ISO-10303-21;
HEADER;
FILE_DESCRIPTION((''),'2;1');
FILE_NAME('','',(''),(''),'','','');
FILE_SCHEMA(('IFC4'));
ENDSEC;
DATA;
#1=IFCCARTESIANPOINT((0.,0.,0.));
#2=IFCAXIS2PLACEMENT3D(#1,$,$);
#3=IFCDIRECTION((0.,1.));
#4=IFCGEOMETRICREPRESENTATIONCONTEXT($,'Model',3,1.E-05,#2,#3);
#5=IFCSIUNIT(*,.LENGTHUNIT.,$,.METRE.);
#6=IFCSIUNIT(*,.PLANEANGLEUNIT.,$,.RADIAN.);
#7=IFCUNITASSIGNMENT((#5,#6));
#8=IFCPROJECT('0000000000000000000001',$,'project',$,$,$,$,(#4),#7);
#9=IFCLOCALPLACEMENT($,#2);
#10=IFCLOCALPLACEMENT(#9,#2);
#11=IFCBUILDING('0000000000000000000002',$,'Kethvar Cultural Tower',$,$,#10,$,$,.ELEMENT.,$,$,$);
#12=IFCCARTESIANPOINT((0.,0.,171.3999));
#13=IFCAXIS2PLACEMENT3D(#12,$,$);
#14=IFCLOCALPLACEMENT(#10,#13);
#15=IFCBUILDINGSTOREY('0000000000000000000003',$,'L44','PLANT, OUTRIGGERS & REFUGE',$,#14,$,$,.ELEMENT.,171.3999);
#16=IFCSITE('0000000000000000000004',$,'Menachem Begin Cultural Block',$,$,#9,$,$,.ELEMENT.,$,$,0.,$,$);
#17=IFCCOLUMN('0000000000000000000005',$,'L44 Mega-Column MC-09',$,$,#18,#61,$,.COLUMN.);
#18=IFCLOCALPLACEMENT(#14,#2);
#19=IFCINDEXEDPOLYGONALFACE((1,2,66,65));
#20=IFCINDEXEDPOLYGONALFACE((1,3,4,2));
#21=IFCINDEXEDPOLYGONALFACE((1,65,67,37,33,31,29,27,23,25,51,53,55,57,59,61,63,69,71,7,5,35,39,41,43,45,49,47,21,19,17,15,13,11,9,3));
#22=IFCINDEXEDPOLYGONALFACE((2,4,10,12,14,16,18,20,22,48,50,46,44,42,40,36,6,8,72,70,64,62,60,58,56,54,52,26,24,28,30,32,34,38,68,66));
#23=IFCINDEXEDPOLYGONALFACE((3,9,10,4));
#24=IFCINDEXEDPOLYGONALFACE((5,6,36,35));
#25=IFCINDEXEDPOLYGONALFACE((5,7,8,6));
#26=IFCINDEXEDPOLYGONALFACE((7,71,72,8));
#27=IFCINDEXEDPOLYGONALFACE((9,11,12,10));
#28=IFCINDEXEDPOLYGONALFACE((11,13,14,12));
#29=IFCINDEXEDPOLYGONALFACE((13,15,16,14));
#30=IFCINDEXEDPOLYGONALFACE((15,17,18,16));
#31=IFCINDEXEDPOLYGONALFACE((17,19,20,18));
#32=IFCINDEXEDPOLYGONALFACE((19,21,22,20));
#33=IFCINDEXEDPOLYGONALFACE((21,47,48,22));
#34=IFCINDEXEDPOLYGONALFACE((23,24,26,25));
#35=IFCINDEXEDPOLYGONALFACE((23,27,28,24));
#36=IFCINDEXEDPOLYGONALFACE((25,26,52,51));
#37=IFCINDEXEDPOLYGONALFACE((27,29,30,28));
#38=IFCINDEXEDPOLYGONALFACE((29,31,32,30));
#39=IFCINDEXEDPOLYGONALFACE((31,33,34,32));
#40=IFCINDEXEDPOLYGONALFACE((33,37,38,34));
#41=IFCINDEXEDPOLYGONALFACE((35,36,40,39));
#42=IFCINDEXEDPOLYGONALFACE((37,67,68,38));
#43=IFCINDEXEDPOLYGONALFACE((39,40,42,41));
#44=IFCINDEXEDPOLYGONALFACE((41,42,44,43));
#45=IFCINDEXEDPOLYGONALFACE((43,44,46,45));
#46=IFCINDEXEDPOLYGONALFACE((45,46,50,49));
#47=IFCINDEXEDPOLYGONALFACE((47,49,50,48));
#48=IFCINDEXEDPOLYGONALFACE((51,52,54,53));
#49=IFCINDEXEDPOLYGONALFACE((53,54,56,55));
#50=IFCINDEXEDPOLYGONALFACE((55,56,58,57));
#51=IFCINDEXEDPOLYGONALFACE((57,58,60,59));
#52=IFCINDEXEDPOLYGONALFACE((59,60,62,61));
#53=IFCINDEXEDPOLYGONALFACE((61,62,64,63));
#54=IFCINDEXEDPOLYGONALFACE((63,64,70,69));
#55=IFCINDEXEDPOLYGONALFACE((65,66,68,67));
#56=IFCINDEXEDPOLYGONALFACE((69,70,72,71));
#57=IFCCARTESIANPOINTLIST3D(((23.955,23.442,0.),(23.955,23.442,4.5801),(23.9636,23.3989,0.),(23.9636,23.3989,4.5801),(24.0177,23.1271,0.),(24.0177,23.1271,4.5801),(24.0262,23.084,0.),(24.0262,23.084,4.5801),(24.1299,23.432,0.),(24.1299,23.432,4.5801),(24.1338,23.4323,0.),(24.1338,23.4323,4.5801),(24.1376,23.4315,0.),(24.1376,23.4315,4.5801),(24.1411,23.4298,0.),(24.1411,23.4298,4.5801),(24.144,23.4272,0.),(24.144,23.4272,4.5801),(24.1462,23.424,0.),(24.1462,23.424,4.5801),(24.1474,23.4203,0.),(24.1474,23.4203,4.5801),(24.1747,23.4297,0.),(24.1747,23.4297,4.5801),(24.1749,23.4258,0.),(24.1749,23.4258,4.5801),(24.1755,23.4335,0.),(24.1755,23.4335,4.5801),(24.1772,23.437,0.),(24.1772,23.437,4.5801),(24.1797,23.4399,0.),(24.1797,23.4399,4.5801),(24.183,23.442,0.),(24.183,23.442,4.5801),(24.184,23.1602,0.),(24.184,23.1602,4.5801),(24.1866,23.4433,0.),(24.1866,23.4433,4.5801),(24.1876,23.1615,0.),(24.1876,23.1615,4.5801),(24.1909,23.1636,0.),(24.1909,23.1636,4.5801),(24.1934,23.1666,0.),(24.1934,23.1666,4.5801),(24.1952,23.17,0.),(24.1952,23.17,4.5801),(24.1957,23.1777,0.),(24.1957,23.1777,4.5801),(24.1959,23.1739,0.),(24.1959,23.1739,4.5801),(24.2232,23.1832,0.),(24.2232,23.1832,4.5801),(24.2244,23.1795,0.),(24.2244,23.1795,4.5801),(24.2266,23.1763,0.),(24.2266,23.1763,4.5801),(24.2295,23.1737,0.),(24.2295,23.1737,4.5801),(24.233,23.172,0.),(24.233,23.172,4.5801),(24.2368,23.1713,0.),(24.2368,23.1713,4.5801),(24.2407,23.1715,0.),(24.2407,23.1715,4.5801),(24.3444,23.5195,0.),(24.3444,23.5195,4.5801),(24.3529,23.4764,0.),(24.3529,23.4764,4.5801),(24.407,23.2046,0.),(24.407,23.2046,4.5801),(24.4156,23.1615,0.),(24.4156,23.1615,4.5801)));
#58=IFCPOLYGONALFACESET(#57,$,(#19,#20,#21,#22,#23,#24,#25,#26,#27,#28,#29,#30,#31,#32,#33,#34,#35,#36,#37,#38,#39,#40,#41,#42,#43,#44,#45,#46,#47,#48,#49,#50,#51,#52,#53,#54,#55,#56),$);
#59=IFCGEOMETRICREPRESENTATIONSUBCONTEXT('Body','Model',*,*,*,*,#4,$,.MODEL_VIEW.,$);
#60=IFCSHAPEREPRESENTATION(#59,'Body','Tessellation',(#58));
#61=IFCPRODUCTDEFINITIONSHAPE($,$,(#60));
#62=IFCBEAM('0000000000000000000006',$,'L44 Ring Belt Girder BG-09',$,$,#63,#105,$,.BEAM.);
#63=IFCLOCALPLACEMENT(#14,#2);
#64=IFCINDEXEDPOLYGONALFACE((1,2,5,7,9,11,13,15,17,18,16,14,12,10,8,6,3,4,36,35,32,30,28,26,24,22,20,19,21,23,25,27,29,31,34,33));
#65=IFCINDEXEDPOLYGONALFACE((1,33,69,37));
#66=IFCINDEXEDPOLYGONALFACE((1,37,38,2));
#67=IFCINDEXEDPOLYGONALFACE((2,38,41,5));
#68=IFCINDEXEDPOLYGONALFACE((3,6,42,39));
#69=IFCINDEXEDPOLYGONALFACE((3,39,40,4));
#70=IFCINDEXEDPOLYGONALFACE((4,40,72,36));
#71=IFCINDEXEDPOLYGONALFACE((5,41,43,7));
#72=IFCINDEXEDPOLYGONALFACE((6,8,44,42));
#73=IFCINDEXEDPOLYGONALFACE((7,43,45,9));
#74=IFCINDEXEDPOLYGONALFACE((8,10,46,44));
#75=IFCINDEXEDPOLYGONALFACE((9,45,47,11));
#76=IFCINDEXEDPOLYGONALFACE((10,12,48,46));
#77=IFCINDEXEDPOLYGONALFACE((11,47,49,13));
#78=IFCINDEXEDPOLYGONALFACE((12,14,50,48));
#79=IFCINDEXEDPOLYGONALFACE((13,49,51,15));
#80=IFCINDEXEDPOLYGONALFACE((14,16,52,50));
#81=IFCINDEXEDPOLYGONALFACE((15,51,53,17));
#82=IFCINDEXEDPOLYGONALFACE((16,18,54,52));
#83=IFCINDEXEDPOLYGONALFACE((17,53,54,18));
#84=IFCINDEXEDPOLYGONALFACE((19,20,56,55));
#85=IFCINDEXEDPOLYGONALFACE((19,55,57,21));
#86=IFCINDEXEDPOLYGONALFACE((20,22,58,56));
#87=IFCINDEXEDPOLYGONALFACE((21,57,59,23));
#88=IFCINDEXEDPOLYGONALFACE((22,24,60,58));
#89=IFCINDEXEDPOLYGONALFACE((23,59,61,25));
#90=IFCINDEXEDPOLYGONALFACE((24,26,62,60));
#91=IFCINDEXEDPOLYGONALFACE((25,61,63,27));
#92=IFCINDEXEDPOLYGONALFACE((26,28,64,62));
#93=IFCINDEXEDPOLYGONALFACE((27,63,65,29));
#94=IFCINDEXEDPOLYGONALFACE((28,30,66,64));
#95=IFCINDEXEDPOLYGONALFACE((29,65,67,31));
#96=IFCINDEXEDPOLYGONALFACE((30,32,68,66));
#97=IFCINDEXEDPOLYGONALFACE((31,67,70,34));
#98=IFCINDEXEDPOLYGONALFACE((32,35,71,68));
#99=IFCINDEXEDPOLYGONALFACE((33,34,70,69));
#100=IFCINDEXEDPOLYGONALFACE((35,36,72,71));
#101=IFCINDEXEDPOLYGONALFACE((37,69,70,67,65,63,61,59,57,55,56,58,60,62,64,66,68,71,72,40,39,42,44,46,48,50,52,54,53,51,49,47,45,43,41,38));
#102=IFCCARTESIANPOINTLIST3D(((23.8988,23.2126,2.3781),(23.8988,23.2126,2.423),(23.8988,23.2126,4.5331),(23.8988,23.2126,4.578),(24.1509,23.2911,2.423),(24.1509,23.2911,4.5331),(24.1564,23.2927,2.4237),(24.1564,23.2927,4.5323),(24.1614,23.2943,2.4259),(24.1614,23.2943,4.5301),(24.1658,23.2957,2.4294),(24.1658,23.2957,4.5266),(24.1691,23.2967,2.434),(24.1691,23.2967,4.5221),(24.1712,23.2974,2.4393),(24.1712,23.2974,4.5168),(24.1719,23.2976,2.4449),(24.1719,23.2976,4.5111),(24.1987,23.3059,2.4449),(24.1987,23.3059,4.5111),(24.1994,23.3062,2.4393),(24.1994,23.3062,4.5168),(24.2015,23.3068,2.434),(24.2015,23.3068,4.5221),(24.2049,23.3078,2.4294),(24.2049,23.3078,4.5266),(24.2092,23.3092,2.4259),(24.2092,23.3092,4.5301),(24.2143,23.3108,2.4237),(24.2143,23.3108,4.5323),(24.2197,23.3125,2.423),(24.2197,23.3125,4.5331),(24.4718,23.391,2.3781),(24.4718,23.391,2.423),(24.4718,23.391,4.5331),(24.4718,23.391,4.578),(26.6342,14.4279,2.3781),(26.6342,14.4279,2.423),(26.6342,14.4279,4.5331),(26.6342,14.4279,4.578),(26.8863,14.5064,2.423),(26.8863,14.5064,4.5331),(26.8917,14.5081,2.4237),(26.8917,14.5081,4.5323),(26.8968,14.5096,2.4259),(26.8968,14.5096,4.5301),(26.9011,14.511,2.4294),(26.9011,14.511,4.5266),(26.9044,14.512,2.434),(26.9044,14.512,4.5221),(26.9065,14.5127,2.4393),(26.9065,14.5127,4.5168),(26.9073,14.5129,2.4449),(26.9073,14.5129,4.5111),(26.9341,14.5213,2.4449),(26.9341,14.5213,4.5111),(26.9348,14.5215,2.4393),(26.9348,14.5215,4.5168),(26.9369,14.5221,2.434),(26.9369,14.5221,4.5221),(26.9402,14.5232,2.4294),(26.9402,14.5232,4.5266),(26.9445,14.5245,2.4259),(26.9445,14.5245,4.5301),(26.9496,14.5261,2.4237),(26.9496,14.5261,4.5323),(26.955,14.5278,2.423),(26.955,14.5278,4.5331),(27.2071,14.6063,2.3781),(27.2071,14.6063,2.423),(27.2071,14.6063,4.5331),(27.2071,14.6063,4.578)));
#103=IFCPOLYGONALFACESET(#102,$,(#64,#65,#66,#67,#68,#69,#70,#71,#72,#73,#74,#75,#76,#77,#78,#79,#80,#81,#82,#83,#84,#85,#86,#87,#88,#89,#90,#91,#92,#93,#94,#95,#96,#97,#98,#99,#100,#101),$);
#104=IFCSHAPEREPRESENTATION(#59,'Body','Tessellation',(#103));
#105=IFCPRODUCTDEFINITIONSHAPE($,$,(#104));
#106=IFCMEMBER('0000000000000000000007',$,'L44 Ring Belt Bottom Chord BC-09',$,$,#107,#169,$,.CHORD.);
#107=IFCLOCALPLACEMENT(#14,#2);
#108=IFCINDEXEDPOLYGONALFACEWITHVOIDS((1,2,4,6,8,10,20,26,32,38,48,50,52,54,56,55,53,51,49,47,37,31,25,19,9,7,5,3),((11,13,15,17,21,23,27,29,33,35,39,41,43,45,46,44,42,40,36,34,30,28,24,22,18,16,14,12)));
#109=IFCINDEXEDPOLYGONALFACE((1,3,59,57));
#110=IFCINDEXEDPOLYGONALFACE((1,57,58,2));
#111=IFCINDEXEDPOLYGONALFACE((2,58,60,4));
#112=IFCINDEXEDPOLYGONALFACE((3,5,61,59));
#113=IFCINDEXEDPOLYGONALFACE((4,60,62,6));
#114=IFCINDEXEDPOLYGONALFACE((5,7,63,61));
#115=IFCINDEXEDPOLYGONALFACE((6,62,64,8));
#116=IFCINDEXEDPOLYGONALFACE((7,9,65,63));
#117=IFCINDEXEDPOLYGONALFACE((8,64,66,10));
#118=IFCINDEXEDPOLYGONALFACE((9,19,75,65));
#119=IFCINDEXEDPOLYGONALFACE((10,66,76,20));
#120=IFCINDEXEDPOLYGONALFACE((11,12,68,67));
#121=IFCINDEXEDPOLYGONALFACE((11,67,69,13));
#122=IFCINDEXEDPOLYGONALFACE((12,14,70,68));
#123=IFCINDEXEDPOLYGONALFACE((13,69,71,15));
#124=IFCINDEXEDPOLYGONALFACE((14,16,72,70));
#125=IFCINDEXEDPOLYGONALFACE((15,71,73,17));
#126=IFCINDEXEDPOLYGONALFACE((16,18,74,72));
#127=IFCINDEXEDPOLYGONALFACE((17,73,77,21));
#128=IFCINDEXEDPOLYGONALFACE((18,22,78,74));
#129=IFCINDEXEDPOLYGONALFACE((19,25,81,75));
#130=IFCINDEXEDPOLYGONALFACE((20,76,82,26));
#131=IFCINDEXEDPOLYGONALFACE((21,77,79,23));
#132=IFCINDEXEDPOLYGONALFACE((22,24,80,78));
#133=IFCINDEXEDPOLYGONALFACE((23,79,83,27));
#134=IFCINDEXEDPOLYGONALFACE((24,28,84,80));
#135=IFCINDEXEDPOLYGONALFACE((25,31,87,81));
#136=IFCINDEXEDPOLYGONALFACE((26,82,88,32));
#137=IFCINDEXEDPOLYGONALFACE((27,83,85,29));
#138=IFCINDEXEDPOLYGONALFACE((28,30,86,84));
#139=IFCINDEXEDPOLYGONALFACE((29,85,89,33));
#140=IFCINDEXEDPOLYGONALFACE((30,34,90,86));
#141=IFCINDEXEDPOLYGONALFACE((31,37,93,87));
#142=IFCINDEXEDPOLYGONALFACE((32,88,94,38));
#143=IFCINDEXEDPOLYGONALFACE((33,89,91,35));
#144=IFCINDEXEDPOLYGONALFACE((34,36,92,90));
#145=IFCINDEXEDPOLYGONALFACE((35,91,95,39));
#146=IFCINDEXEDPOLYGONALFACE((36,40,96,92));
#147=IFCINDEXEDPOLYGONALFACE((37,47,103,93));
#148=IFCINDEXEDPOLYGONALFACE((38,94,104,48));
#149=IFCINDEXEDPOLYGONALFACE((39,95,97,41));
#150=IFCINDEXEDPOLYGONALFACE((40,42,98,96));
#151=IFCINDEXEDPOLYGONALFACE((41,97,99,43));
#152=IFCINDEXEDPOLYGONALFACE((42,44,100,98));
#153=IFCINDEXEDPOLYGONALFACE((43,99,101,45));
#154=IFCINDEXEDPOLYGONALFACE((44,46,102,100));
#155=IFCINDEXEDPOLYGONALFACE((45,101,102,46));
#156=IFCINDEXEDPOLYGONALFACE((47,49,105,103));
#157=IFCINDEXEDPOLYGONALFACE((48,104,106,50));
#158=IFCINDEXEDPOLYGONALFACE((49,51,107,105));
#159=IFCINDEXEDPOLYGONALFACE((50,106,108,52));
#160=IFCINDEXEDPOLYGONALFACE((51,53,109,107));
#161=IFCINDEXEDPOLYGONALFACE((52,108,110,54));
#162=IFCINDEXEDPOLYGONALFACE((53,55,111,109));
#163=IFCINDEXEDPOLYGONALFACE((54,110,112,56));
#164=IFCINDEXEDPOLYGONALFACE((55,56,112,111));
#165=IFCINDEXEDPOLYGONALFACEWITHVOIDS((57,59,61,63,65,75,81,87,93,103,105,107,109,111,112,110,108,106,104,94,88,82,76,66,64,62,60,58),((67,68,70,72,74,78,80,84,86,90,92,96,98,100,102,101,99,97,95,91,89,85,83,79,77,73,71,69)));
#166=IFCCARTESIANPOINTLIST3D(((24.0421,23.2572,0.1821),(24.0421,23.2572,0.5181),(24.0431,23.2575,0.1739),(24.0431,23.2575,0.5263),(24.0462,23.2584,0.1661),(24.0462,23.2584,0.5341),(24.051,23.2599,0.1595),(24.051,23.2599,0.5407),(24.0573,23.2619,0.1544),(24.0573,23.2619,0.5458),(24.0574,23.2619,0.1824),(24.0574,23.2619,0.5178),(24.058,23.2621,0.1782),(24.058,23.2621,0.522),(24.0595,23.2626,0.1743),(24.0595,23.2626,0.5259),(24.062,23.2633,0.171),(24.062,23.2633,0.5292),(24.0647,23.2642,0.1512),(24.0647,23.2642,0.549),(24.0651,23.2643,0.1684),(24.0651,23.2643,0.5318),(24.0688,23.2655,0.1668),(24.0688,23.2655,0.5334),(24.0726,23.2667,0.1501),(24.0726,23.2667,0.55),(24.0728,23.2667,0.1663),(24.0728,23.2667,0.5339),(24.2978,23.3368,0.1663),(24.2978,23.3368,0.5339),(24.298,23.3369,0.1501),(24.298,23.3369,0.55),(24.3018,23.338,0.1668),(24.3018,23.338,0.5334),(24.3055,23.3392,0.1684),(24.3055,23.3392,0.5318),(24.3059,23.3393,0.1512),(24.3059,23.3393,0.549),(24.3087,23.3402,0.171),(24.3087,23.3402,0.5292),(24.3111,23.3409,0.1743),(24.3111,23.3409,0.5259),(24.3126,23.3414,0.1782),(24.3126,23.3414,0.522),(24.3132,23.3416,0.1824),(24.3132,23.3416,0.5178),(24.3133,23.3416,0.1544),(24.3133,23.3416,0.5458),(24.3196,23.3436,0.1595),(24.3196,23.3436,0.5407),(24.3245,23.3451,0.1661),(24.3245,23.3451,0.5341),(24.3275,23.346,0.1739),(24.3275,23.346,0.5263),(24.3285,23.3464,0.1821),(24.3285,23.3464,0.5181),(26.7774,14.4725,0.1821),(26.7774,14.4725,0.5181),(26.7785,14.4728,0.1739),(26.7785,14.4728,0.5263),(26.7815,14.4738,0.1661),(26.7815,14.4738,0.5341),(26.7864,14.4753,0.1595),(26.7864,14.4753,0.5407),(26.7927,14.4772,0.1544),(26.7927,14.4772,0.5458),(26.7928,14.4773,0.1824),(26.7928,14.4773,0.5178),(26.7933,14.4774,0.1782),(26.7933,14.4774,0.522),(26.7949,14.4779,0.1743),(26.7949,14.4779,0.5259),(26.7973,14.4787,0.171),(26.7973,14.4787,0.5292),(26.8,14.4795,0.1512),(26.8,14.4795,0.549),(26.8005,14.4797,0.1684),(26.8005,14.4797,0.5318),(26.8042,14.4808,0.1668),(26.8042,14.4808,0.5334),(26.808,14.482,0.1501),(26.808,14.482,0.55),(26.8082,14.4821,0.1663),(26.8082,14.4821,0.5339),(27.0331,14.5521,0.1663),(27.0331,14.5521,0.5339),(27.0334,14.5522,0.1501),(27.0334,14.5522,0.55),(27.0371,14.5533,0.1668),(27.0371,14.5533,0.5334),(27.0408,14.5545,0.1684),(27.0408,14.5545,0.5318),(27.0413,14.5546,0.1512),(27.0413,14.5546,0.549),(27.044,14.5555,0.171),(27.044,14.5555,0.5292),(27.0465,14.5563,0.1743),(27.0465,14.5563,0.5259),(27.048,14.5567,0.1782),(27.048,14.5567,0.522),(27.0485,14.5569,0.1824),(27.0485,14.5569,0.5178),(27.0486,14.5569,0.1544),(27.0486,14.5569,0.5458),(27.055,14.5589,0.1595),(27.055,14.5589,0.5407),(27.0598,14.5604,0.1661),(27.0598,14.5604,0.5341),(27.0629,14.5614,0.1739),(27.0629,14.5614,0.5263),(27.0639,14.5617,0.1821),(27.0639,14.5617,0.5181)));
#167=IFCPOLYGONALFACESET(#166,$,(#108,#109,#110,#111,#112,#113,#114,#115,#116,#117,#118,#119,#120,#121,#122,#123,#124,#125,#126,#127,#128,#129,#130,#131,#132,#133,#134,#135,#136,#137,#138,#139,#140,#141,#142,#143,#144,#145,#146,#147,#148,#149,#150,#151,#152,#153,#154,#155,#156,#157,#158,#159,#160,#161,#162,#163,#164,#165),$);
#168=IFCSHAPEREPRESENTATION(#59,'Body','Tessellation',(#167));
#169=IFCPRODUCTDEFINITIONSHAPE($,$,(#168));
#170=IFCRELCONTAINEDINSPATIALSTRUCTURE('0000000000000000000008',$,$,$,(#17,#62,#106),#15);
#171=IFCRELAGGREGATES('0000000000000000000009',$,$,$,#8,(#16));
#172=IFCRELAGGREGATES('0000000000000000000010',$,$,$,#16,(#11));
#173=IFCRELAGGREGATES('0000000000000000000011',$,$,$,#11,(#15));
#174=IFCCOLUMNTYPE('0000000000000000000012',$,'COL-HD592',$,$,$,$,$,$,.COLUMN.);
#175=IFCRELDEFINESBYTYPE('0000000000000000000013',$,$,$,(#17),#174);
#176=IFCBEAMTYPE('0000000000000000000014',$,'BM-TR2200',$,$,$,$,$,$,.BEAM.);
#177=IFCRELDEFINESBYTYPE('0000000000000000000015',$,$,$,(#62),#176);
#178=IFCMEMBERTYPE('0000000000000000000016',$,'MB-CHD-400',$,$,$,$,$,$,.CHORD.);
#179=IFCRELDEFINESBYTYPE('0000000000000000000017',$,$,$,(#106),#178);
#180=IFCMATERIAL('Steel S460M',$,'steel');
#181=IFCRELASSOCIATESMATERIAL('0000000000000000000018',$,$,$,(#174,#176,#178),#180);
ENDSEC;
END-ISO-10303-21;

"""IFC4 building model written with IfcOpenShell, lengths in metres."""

from ifc_helpers import new_model, si_unit, direction, frame, origin, origin_2d, place, context, subcontext, project, spatial, hollow_rectangle, i_section, extrude, source, transform, mapped, material, material_profile, profile_set, type_object, element, save


model = new_model("IFC4")

# Units and contexts
model_context = context("Model", 3, precision=1e-05, world=origin(), true_north=direction((0.0, 1.0)))
body_context = subcontext(model_context, "Body", "Model", "MODEL_VIEW")
ifc_project = project(units=[si_unit("LENGTHUNIT", "METRE"), si_unit("PLANEANGLEUNIT", "RADIAN")], contexts=[model_context])

# Site, building, storey
site_placement = place(None, origin())
site = spatial("IfcSite", under=ifc_project, at=site_placement, Name="Menachem Begin Cultural Block", CompositionType="ELEMENT", RefElevation=0.0)
building_placement = place(site_placement, origin())
building = spatial("IfcBuilding", under=site, at=building_placement, Name="Kethvar Cultural Tower", CompositionType="ELEMENT")
storey_placement = place(building_placement, frame((0.0, 0.0, 171.3999)))
storey = spatial("IfcBuildingStorey", under=building, at=storey_placement, Name="L44", Description="PLANT, OUTRIGGERS & REFUGE", CompositionType="ELEMENT", Elevation=171.3999)

# Column
ifc_material_1 = material(Name="Steel S460M", Category="steel")
ifc_material_profile_1 = material_profile(ifc_material_1, i_section(OverallWidth=0.397, OverallDepth=0.365, WebThickness=0.0281, FlangeThickness=0.0439, FilletRadius=0.0149, at=origin_2d()), Name="Steel S460M — HD400x592")
ifc_profile_set_1 = profile_set([ifc_material_profile_1], Name="Steel S460M — HD400x592")
column_type = type_object("IfcColumnType", Name="COL-HD592", PredefinedType="COLUMN", material=ifc_profile_set_1)
shared_shape_1 = source(origin(), body_context, "Body", "SweptSolid", [
    extrude(i_section(OverallWidth=0.397, OverallDepth=0.365, WebThickness=0.0281, FlangeThickness=0.0439, FilletRadius=0.0149, at=origin_2d()), origin(), (0.0, 0.0, 1.0), 4.5801),
])
column_placement = place(storey_placement, frame((24.1853, 23.3018, 0.0), z_axis=(0.0, 0.0, 1.0), x_axis=(-0.980785, -0.19509, 0.0)))
element("IfcColumn", 1, at=column_placement, inside=storey, type_object=column_type, Name="L44 Mega-Column MC-09", PredefinedType="COLUMN", context=body_context, shape_type="MappedRepresentation", body=[
    mapped(shared_shape_1, transform((0.0, 0.0, 0.0), scale=1.0)),
])

# Beam
ifc_material_profile_2 = material_profile(ifc_material_1, i_section(OverallWidth=0.6001, OverallDepth=2.2, WebThickness=0.0281, FlangeThickness=0.0449, FilletRadius=0.022, at=origin_2d()), Name="Steel S460M — PG2200x600x45x28")
ifc_profile_set_2 = profile_set([ifc_material_profile_2], Name="Steel S460M — PG2200x600x45x28")
beam_type = type_object("IfcBeamType", Name="BM-TR2200", PredefinedType="BEAM", material=ifc_profile_set_2)
shared_shape_2 = source(origin(), body_context, "Body", "SweptSolid", [
    extrude(i_section(OverallWidth=0.6001, OverallDepth=2.2, WebThickness=0.0281, FlangeThickness=0.0449, FilletRadius=0.022, at=origin_2d()), origin(), (0.0, 0.0, 1.0), 9.2007),
])
beam_placement = place(storey_placement, frame((24.1853, 23.3018, 3.478), z_axis=(0.297299, -0.954784, 0.0), x_axis=(0.954784, 0.297299, 0.0)))
element("IfcBeam", 2, at=beam_placement, inside=storey, type_object=beam_type, Name="L44 Ring Belt Girder BG-09", PredefinedType="BEAM", context=body_context, shape_type="MappedRepresentation", body=[
    mapped(shared_shape_2, transform((0.0, 0.0, 0.0), scale=1.0)),
])

# Member
ifc_material_profile_3 = material_profile(ifc_material_1, hollow_rectangle(XDim=0.3, YDim=0.3999, WallThickness=0.0161, InnerFilletRadius=0.0161, OuterFilletRadius=0.032, at=origin_2d()), Name="Steel S460M — RHS400x300x16")
ifc_profile_set_3 = profile_set([ifc_material_profile_3], Name="Steel S460M — RHS400x300x16")
member_type_1 = type_object("IfcMemberType", Name="MB-CHD-400", PredefinedType="CHORD", material=ifc_profile_set_3)
shared_shape_3 = source(origin(), body_context, "Body", "SweptSolid", [
    extrude(hollow_rectangle(XDim=0.3, YDim=0.3999, WallThickness=0.0161, InnerFilletRadius=0.0161, OuterFilletRadius=0.032, at=origin_2d()), origin(), (0.0, 0.0, 1.0), 9.2007),
])
member_1_placement = place(storey_placement, frame((24.1853, 23.3018, 0.3501), z_axis=(0.297299, -0.954784, 0.0), x_axis=(0.954784, 0.297299, 0.0)))
element("IfcMember", 3, at=member_1_placement, inside=storey, type_object=member_type_1, Name="L44 Ring Belt Bottom Chord BC-09", PredefinedType="CHORD", context=body_context, shape_type="MappedRepresentation", body=[
    mapped(shared_shape_3, transform((0.0, 0.0, 0.0), scale=1.0)),
])

save(model, "model.ifc")
